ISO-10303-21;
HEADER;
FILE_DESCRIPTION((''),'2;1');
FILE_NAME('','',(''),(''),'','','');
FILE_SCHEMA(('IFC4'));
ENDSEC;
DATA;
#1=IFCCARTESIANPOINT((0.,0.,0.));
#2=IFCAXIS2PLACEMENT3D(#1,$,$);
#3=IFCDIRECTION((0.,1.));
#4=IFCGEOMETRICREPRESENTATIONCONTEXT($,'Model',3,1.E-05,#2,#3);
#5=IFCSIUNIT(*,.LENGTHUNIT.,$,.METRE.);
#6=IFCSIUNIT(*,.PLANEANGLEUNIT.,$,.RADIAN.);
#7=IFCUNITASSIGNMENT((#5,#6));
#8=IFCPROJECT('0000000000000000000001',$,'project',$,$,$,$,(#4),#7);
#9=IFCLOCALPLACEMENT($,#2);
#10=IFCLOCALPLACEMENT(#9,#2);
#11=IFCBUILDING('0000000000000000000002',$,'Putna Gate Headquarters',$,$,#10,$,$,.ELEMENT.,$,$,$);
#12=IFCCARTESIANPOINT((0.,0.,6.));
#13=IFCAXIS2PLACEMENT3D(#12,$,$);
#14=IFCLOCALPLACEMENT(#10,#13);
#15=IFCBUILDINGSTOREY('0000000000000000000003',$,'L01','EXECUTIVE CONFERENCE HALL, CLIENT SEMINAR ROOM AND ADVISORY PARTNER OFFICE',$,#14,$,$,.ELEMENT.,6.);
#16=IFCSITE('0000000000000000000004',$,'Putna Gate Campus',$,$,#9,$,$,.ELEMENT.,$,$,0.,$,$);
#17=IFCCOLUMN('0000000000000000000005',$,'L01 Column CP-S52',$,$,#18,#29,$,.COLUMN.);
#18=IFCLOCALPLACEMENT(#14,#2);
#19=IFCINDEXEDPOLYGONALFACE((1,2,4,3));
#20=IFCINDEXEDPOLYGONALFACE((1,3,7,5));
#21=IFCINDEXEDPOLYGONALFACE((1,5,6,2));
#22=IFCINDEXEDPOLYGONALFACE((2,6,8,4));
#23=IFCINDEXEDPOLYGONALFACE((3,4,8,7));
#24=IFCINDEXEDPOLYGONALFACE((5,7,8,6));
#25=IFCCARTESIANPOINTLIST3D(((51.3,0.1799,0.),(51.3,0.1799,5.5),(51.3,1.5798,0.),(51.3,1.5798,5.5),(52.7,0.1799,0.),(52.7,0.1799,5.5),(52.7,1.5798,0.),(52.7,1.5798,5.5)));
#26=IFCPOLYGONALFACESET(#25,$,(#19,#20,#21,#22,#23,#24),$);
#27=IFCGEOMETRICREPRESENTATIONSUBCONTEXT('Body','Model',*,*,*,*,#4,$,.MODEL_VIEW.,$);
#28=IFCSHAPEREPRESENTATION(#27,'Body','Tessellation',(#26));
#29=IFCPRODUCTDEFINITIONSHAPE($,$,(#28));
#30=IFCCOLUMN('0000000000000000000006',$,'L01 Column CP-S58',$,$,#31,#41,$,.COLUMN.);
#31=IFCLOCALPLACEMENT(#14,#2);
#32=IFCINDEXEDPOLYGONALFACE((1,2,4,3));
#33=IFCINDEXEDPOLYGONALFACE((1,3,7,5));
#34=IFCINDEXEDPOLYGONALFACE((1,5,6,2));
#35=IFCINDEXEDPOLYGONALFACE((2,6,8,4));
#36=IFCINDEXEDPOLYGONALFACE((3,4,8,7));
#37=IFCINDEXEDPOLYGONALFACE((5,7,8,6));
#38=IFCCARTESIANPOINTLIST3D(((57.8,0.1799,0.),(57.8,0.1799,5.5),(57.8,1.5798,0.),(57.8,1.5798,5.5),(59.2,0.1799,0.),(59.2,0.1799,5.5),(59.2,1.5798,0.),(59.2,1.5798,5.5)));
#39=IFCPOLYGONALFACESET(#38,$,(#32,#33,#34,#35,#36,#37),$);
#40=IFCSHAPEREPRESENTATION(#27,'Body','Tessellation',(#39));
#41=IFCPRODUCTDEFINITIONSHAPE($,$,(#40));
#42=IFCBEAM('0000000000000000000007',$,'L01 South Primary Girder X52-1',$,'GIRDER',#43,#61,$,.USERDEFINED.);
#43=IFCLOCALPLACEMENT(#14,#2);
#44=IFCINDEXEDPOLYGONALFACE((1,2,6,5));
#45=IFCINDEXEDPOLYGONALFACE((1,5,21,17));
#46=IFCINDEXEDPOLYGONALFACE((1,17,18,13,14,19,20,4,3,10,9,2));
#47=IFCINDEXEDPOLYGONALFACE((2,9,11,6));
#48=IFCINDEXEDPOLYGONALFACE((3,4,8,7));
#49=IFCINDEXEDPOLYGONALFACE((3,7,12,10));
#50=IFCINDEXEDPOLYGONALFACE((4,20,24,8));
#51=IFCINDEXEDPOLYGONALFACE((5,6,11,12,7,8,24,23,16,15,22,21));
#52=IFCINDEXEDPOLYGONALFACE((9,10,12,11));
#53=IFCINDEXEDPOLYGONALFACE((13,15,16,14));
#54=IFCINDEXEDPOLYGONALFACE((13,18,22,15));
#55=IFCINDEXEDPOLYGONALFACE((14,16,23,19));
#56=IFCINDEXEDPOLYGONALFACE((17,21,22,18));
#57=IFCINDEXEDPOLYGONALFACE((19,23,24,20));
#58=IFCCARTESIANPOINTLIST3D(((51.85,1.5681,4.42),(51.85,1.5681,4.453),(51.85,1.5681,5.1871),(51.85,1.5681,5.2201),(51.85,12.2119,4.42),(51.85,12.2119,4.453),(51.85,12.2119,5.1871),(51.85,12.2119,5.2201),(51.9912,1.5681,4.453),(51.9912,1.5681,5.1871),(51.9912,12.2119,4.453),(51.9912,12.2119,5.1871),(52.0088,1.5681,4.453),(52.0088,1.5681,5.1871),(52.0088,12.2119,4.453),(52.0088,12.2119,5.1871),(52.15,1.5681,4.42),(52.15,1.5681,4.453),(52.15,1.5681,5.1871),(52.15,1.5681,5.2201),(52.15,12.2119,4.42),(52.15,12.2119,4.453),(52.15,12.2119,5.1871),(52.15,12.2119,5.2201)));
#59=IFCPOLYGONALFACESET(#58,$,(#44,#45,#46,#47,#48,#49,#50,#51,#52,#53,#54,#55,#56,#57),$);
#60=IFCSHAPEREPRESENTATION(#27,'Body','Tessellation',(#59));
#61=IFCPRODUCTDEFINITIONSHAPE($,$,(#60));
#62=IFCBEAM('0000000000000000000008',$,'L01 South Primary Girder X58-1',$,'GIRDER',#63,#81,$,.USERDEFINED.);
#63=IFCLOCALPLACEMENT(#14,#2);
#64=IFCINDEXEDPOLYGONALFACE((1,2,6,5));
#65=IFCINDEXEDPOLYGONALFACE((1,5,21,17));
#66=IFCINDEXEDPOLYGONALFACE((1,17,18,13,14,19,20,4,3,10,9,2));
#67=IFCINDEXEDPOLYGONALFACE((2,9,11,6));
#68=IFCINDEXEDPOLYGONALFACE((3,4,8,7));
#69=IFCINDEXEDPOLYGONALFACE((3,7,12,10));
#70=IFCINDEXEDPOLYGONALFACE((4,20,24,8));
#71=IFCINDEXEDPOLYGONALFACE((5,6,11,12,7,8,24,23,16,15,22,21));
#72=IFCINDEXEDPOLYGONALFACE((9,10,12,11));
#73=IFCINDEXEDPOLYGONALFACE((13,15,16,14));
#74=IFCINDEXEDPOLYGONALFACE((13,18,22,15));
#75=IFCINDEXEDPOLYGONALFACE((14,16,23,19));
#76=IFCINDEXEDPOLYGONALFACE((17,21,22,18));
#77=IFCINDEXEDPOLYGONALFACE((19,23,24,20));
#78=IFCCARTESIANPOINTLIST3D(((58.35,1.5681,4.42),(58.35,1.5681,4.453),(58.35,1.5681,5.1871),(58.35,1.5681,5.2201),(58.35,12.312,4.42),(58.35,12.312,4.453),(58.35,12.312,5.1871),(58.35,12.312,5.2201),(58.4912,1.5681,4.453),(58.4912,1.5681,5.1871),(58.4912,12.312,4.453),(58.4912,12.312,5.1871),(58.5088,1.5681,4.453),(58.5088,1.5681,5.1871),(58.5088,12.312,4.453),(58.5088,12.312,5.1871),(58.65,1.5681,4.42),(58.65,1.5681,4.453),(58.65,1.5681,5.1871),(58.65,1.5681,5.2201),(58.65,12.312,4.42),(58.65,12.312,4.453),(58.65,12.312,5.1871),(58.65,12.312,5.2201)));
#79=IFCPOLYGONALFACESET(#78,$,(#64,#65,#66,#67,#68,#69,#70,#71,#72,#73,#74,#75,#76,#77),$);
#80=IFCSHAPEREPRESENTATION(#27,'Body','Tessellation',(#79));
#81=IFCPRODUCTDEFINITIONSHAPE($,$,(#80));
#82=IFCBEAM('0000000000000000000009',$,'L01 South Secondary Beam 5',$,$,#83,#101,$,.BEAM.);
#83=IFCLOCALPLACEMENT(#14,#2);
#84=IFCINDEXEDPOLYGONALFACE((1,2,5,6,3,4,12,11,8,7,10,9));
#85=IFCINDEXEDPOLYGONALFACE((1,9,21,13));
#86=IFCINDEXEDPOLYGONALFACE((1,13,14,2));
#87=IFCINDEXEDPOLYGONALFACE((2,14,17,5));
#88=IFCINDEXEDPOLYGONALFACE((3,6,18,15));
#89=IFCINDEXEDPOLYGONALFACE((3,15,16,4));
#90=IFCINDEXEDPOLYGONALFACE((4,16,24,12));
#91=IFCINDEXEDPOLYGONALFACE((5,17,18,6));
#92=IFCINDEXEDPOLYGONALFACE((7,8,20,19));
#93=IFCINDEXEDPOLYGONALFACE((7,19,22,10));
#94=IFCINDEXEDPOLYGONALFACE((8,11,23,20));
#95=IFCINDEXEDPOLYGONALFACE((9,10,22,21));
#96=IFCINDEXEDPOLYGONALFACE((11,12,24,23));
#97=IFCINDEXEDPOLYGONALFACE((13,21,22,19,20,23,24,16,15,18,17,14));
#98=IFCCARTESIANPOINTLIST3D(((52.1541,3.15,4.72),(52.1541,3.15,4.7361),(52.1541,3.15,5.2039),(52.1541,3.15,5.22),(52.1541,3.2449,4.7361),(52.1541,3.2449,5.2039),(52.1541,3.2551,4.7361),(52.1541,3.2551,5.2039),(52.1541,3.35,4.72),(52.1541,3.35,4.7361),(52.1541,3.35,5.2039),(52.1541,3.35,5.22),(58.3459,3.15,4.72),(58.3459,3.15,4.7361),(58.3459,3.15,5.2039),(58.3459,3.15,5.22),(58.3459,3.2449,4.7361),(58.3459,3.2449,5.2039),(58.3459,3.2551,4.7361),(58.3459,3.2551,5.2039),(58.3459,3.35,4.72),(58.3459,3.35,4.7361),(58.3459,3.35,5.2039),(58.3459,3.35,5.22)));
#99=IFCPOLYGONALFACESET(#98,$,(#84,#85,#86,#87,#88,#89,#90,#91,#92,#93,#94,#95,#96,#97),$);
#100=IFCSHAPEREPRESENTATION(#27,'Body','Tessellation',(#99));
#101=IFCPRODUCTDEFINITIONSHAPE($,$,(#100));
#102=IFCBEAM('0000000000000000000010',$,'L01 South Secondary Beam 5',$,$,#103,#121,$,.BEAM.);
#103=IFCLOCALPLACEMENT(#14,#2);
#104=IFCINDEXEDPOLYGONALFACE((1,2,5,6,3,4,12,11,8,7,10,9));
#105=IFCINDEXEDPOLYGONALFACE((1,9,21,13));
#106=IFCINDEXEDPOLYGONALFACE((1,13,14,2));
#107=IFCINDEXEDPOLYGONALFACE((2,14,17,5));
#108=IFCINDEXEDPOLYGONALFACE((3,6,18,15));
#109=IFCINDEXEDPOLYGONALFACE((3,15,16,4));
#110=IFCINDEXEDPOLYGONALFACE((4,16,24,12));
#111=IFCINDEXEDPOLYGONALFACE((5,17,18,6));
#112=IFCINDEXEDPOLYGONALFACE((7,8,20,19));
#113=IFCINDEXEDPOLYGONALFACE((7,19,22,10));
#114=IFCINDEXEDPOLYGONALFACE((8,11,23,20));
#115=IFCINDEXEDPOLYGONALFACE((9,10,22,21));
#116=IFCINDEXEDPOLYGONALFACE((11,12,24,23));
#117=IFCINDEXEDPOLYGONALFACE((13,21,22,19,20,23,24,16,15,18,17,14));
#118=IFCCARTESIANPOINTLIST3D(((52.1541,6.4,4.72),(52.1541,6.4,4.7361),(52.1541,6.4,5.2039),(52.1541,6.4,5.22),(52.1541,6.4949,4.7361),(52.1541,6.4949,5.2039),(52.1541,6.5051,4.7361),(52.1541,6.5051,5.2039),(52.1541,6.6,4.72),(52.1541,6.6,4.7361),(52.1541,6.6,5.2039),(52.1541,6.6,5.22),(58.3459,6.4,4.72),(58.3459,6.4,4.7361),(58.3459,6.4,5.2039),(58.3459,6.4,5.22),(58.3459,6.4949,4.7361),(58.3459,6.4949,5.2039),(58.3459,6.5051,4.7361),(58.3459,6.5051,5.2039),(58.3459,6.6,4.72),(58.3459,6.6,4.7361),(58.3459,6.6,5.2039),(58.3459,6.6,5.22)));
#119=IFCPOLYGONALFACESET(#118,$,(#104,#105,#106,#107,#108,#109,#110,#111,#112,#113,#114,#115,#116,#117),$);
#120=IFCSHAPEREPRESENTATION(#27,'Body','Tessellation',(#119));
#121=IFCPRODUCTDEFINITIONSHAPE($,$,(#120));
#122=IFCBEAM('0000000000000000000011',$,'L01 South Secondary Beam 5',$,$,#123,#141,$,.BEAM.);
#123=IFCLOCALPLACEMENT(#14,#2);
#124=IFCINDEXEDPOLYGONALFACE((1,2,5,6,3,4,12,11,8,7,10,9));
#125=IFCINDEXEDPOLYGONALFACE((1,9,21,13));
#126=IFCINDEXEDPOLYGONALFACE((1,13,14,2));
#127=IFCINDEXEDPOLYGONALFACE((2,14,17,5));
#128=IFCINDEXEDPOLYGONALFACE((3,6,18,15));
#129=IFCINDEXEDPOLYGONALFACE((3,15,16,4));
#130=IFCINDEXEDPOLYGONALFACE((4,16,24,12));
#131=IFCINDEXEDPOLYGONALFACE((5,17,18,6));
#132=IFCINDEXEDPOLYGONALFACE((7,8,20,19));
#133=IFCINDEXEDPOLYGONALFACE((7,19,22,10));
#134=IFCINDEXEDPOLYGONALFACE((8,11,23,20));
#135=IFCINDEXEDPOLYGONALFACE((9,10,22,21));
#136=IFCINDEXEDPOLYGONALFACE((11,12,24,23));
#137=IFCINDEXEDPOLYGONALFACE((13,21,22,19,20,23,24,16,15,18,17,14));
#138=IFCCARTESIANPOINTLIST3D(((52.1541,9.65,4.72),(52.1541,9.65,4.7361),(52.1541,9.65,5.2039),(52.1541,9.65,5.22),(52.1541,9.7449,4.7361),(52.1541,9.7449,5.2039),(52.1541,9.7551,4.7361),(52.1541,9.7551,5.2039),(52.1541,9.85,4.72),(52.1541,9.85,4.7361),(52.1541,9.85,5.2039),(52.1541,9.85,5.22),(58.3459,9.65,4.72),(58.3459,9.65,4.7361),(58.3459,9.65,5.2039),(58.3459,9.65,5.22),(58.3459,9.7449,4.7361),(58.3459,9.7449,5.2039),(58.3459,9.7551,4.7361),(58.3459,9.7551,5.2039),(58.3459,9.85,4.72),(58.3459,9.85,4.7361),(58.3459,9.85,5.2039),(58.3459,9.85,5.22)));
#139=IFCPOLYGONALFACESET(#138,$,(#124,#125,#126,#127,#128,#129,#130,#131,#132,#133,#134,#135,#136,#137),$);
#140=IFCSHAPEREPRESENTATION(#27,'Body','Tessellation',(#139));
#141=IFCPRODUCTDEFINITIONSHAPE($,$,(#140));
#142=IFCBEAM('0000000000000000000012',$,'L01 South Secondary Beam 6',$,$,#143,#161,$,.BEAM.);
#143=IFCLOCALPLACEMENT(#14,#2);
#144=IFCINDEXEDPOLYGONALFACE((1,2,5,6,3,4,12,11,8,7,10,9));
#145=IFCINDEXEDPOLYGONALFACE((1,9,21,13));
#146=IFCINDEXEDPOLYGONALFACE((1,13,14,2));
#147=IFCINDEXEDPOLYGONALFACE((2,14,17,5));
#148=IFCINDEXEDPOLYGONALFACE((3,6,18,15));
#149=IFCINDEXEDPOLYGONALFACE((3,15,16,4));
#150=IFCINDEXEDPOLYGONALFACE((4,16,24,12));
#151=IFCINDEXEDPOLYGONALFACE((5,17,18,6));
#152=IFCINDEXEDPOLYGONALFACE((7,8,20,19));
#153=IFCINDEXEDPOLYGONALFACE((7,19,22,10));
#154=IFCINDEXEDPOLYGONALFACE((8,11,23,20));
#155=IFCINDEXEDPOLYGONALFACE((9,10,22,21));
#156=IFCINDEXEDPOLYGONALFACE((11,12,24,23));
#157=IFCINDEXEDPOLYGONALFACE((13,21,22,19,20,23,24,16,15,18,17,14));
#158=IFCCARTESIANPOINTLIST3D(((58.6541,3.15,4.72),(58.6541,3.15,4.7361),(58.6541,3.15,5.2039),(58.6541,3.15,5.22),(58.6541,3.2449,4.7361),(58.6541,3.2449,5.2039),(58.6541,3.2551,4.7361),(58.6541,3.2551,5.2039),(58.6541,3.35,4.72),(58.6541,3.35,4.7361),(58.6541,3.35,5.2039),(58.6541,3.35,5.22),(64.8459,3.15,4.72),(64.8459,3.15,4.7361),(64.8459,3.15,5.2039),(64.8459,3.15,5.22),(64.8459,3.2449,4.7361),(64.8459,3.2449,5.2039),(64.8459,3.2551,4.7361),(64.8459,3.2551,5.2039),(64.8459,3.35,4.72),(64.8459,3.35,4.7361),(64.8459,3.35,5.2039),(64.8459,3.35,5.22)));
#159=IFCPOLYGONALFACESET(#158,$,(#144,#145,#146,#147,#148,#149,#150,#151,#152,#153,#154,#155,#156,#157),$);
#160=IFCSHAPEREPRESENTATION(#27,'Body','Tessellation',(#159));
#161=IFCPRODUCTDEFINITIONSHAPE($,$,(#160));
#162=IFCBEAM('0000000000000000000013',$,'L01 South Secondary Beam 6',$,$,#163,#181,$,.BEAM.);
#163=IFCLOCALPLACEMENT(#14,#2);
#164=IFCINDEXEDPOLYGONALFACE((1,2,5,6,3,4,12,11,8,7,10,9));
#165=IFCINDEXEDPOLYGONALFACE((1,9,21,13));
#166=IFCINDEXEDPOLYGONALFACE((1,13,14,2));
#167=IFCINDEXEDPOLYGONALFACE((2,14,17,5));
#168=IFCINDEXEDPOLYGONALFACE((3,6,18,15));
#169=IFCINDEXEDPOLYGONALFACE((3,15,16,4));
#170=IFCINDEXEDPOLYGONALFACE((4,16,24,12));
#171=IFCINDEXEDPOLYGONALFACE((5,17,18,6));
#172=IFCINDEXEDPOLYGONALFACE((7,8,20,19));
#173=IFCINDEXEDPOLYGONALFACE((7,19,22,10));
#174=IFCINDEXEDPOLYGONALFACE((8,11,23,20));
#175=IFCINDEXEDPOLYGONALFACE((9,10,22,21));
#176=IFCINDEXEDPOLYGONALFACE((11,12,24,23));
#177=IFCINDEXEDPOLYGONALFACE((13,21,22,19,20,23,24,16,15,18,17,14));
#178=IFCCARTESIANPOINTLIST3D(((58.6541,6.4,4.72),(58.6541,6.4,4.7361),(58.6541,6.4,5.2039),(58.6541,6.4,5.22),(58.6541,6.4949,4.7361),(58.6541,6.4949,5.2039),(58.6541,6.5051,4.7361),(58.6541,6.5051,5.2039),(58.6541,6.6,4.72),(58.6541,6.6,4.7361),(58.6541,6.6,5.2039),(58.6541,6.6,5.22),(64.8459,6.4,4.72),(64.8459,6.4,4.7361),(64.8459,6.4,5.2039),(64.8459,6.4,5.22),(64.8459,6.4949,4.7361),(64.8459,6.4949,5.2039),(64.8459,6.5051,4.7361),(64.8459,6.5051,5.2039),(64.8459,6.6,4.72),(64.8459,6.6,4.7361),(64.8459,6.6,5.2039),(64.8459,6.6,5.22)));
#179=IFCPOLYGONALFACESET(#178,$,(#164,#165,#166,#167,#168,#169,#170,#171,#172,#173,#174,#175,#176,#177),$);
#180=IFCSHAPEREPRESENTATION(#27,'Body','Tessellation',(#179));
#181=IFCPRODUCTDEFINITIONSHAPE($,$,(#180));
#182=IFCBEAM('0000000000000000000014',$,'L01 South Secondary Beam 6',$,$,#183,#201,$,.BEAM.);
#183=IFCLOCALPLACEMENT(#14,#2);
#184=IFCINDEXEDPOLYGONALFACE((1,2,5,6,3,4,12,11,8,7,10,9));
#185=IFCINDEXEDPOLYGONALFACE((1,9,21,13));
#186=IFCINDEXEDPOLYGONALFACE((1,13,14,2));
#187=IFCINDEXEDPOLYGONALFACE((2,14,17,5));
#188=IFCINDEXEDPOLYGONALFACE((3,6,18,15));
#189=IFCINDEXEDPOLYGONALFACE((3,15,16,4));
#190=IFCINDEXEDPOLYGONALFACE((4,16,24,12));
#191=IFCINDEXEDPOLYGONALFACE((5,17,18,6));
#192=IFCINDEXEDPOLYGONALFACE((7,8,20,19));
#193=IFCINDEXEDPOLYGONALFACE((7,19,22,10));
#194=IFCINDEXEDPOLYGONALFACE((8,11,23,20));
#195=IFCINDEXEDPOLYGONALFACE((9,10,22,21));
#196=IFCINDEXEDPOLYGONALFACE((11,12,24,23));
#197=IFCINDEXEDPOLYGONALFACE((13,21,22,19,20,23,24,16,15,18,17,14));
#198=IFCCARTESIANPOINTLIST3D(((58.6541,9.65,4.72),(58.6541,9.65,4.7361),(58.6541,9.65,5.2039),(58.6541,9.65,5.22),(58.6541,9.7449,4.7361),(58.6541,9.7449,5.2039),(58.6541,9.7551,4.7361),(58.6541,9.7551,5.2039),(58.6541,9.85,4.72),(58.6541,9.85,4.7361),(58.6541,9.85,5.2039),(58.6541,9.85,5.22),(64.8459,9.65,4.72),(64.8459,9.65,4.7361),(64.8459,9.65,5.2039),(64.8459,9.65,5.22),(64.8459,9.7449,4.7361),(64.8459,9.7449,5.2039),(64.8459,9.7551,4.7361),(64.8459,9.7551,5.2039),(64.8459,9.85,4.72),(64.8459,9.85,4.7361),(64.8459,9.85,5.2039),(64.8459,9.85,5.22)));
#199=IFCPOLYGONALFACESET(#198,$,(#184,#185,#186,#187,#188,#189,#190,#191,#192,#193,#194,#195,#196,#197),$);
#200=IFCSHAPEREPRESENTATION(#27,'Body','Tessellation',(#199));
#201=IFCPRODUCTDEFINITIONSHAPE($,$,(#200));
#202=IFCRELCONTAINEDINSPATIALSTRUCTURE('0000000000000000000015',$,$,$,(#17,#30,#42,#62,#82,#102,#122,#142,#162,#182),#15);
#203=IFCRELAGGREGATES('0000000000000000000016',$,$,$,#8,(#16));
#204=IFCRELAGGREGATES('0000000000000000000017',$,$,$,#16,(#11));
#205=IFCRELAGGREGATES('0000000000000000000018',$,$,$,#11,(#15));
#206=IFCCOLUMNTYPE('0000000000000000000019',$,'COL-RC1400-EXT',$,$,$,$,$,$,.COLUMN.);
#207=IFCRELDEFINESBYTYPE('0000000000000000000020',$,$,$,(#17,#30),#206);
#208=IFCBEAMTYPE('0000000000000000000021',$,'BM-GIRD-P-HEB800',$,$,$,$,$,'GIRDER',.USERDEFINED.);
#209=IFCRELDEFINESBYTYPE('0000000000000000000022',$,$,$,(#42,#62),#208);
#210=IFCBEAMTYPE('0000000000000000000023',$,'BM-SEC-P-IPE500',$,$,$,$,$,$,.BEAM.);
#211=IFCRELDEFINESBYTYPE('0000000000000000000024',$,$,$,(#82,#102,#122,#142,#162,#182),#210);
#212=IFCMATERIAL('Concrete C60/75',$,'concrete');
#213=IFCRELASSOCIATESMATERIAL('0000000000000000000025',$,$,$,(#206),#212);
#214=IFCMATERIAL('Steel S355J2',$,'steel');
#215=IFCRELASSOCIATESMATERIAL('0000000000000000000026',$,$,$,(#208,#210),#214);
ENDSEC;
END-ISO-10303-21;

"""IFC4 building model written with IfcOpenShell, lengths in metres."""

from ifc_helpers import new_model, si_unit, direction, frame, origin, origin_2d, place, context, subcontext, project, spatial, rectangle, i_section, extrude, material, material_profile, profile_set, type_object, element, save


model = new_model("IFC4")

# Units and contexts
model_context = context("Model", 3, precision=1e-05, world=origin(), true_north=direction((0.0, 1.0)))
body_context = subcontext(model_context, "Body", "Model", "MODEL_VIEW")
ifc_project = project(units=[si_unit("LENGTHUNIT", "METRE"), si_unit("PLANEANGLEUNIT", "RADIAN")], contexts=[model_context])

# Site, building, storey
site_placement = place(None, origin())
site = spatial("IfcSite", under=ifc_project, at=site_placement, Name="Putna Gate Campus", CompositionType="ELEMENT", RefElevation=0.0)
building_placement = place(site_placement, origin())
building = spatial("IfcBuilding", under=site, at=building_placement, Name="Putna Gate Headquarters", CompositionType="ELEMENT")
storey_placement = place(building_placement, frame((0.0, 0.0, 6.0)))
storey = spatial("IfcBuildingStorey", under=building, at=storey_placement, Name="L01", Description="EXECUTIVE CONFERENCE HALL, CLIENT SEMINAR ROOM AND ADVISORY PARTNER OFFICE", CompositionType="ELEMENT", Elevation=6.0)

# Columns
ifc_material_1 = material(Name="Concrete C60/75", Category="concrete")
ifc_material_profile_1 = material_profile(ifc_material_1, rectangle(XDim=1.3999, YDim=1.3999, at=origin_2d()), Name="Concrete C60/75")
ifc_profile_set_1 = profile_set([ifc_material_profile_1], Name="Concrete C60/75")
column_type = type_object("IfcColumnType", Name="COL-RC1400-EXT", PredefinedType="COLUMN", material=ifc_profile_set_1)
for number, where, z_axis, x_axis, name in (
    (1, (52.0, 0.8799, 0.0), (0.0, 0.0, 1.0), (1.0, 0.0, 0.0), "L01 Column CP-S52"),
    (2, (58.5, 0.8799, 0.0), (0.0, 0.0, 1.0), (1.0, 0.0, 0.0), "L01 Column CP-S58"),
):
    element("IfcColumn", number, at=place(storey_placement, frame(where, z_axis=z_axis, x_axis=x_axis)), inside=storey, type_object=column_type, Name=name, PredefinedType="COLUMN", context=body_context, shape_type="SweptSolid", body=[
        extrude(rectangle(XDim=1.3999, YDim=1.3999, at=origin_2d()), origin(), (0.0, 0.0, 1.0), 5.5),
    ])

# Beams
ifc_material_2 = material(Name="Steel S355J2", Category="steel")
ifc_material_profile_2 = material_profile(ifc_material_2, i_section(OverallWidth=0.3, OverallDepth=0.8, WebThickness=0.0176, FlangeThickness=0.033, at=origin_2d()), Name="Steel S355J2")
ifc_profile_set_2 = profile_set([ifc_material_profile_2], Name="Steel S355J2")
beam_type_1 = type_object("IfcBeamType", Name="BM-GIRD-P-HEB800", ElementType="GIRDER", PredefinedType="USERDEFINED", material=ifc_profile_set_2)
beam_1_placement = place(storey_placement, frame((52.0, 1.5681, 4.8201), z_axis=(0.0, 1.0, 0.0), x_axis=(-1.0, 0.0, 0.0)))
element("IfcBeam", 3, at=beam_1_placement, inside=storey, type_object=beam_type_1, Name="L01 South Primary Girder X52-1", ObjectType="GIRDER", PredefinedType="USERDEFINED", context=body_context, shape_type="SweptSolid", body=[
    extrude(i_section(OverallWidth=0.3, OverallDepth=0.8, WebThickness=0.0176, FlangeThickness=0.033, at=origin_2d()), origin(), (0.0, 0.0, 1.0), 10.6438),
])
beam_2_placement = place(storey_placement, frame((58.5, 1.5681, 4.8201), z_axis=(0.0, 1.0, 0.0), x_axis=(-1.0, 0.0, 0.0)))
element("IfcBeam", 4, at=beam_2_placement, inside=storey, type_object=beam_type_1, Name="L01 South Primary Girder X58-1", ObjectType="GIRDER", PredefinedType="USERDEFINED", context=body_context, shape_type="SweptSolid", body=[
    extrude(i_section(OverallWidth=0.3, OverallDepth=0.8, WebThickness=0.0176, FlangeThickness=0.033, at=origin_2d()), origin(), (0.0, 0.0, 1.0), 10.7439),
])
ifc_material_profile_3 = material_profile(ifc_material_2, i_section(OverallWidth=0.2, OverallDepth=0.5, WebThickness=0.0103, FlangeThickness=0.0161, at=origin_2d()), Name="Steel S355J2")
ifc_profile_set_3 = profile_set([ifc_material_profile_3], Name="Steel S355J2")
beam_type_2 = type_object("IfcBeamType", Name="BM-SEC-P-IPE500", PredefinedType="BEAM", material=ifc_profile_set_3)
for number, where, z_axis, x_axis, name in (
    (5, (52.1541, 3.25, 4.97), (1.0, 0.0, 0.0), (0.0, 1.0, 0.0), "L01 South Secondary Beam 5"),
    (6, (52.1541, 6.5, 4.97), (1.0, 0.0, 0.0), (0.0, 1.0, 0.0), "L01 South Secondary Beam 5"),
    (7, (52.1541, 9.75, 4.97), (1.0, 0.0, 0.0), (0.0, 1.0, 0.0), "L01 South Secondary Beam 5"),
    (8, (58.6541, 3.25, 4.97), (1.0, 0.0, 0.0), (0.0, 1.0, 0.0), "L01 South Secondary Beam 6"),
    (9, (58.6541, 6.5, 4.97), (1.0, 0.0, 0.0), (0.0, 1.0, 0.0), "L01 South Secondary Beam 6"),
    (10, (58.6541, 9.75, 4.97), (1.0, 0.0, 0.0), (0.0, 1.0, 0.0), "L01 South Secondary Beam 6"),
):
    element("IfcBeam", number, at=place(storey_placement, frame(where, z_axis=z_axis, x_axis=x_axis)), inside=storey, type_object=beam_type_2, Name=name, PredefinedType="BEAM", context=body_context, shape_type="SweptSolid", body=[
        extrude(i_section(OverallWidth=0.2, OverallDepth=0.5, WebThickness=0.0103, FlangeThickness=0.0161, at=origin_2d()), origin(), (0.0, 0.0, 1.0), 6.1919),
    ])

save(model, "model.ifc")
